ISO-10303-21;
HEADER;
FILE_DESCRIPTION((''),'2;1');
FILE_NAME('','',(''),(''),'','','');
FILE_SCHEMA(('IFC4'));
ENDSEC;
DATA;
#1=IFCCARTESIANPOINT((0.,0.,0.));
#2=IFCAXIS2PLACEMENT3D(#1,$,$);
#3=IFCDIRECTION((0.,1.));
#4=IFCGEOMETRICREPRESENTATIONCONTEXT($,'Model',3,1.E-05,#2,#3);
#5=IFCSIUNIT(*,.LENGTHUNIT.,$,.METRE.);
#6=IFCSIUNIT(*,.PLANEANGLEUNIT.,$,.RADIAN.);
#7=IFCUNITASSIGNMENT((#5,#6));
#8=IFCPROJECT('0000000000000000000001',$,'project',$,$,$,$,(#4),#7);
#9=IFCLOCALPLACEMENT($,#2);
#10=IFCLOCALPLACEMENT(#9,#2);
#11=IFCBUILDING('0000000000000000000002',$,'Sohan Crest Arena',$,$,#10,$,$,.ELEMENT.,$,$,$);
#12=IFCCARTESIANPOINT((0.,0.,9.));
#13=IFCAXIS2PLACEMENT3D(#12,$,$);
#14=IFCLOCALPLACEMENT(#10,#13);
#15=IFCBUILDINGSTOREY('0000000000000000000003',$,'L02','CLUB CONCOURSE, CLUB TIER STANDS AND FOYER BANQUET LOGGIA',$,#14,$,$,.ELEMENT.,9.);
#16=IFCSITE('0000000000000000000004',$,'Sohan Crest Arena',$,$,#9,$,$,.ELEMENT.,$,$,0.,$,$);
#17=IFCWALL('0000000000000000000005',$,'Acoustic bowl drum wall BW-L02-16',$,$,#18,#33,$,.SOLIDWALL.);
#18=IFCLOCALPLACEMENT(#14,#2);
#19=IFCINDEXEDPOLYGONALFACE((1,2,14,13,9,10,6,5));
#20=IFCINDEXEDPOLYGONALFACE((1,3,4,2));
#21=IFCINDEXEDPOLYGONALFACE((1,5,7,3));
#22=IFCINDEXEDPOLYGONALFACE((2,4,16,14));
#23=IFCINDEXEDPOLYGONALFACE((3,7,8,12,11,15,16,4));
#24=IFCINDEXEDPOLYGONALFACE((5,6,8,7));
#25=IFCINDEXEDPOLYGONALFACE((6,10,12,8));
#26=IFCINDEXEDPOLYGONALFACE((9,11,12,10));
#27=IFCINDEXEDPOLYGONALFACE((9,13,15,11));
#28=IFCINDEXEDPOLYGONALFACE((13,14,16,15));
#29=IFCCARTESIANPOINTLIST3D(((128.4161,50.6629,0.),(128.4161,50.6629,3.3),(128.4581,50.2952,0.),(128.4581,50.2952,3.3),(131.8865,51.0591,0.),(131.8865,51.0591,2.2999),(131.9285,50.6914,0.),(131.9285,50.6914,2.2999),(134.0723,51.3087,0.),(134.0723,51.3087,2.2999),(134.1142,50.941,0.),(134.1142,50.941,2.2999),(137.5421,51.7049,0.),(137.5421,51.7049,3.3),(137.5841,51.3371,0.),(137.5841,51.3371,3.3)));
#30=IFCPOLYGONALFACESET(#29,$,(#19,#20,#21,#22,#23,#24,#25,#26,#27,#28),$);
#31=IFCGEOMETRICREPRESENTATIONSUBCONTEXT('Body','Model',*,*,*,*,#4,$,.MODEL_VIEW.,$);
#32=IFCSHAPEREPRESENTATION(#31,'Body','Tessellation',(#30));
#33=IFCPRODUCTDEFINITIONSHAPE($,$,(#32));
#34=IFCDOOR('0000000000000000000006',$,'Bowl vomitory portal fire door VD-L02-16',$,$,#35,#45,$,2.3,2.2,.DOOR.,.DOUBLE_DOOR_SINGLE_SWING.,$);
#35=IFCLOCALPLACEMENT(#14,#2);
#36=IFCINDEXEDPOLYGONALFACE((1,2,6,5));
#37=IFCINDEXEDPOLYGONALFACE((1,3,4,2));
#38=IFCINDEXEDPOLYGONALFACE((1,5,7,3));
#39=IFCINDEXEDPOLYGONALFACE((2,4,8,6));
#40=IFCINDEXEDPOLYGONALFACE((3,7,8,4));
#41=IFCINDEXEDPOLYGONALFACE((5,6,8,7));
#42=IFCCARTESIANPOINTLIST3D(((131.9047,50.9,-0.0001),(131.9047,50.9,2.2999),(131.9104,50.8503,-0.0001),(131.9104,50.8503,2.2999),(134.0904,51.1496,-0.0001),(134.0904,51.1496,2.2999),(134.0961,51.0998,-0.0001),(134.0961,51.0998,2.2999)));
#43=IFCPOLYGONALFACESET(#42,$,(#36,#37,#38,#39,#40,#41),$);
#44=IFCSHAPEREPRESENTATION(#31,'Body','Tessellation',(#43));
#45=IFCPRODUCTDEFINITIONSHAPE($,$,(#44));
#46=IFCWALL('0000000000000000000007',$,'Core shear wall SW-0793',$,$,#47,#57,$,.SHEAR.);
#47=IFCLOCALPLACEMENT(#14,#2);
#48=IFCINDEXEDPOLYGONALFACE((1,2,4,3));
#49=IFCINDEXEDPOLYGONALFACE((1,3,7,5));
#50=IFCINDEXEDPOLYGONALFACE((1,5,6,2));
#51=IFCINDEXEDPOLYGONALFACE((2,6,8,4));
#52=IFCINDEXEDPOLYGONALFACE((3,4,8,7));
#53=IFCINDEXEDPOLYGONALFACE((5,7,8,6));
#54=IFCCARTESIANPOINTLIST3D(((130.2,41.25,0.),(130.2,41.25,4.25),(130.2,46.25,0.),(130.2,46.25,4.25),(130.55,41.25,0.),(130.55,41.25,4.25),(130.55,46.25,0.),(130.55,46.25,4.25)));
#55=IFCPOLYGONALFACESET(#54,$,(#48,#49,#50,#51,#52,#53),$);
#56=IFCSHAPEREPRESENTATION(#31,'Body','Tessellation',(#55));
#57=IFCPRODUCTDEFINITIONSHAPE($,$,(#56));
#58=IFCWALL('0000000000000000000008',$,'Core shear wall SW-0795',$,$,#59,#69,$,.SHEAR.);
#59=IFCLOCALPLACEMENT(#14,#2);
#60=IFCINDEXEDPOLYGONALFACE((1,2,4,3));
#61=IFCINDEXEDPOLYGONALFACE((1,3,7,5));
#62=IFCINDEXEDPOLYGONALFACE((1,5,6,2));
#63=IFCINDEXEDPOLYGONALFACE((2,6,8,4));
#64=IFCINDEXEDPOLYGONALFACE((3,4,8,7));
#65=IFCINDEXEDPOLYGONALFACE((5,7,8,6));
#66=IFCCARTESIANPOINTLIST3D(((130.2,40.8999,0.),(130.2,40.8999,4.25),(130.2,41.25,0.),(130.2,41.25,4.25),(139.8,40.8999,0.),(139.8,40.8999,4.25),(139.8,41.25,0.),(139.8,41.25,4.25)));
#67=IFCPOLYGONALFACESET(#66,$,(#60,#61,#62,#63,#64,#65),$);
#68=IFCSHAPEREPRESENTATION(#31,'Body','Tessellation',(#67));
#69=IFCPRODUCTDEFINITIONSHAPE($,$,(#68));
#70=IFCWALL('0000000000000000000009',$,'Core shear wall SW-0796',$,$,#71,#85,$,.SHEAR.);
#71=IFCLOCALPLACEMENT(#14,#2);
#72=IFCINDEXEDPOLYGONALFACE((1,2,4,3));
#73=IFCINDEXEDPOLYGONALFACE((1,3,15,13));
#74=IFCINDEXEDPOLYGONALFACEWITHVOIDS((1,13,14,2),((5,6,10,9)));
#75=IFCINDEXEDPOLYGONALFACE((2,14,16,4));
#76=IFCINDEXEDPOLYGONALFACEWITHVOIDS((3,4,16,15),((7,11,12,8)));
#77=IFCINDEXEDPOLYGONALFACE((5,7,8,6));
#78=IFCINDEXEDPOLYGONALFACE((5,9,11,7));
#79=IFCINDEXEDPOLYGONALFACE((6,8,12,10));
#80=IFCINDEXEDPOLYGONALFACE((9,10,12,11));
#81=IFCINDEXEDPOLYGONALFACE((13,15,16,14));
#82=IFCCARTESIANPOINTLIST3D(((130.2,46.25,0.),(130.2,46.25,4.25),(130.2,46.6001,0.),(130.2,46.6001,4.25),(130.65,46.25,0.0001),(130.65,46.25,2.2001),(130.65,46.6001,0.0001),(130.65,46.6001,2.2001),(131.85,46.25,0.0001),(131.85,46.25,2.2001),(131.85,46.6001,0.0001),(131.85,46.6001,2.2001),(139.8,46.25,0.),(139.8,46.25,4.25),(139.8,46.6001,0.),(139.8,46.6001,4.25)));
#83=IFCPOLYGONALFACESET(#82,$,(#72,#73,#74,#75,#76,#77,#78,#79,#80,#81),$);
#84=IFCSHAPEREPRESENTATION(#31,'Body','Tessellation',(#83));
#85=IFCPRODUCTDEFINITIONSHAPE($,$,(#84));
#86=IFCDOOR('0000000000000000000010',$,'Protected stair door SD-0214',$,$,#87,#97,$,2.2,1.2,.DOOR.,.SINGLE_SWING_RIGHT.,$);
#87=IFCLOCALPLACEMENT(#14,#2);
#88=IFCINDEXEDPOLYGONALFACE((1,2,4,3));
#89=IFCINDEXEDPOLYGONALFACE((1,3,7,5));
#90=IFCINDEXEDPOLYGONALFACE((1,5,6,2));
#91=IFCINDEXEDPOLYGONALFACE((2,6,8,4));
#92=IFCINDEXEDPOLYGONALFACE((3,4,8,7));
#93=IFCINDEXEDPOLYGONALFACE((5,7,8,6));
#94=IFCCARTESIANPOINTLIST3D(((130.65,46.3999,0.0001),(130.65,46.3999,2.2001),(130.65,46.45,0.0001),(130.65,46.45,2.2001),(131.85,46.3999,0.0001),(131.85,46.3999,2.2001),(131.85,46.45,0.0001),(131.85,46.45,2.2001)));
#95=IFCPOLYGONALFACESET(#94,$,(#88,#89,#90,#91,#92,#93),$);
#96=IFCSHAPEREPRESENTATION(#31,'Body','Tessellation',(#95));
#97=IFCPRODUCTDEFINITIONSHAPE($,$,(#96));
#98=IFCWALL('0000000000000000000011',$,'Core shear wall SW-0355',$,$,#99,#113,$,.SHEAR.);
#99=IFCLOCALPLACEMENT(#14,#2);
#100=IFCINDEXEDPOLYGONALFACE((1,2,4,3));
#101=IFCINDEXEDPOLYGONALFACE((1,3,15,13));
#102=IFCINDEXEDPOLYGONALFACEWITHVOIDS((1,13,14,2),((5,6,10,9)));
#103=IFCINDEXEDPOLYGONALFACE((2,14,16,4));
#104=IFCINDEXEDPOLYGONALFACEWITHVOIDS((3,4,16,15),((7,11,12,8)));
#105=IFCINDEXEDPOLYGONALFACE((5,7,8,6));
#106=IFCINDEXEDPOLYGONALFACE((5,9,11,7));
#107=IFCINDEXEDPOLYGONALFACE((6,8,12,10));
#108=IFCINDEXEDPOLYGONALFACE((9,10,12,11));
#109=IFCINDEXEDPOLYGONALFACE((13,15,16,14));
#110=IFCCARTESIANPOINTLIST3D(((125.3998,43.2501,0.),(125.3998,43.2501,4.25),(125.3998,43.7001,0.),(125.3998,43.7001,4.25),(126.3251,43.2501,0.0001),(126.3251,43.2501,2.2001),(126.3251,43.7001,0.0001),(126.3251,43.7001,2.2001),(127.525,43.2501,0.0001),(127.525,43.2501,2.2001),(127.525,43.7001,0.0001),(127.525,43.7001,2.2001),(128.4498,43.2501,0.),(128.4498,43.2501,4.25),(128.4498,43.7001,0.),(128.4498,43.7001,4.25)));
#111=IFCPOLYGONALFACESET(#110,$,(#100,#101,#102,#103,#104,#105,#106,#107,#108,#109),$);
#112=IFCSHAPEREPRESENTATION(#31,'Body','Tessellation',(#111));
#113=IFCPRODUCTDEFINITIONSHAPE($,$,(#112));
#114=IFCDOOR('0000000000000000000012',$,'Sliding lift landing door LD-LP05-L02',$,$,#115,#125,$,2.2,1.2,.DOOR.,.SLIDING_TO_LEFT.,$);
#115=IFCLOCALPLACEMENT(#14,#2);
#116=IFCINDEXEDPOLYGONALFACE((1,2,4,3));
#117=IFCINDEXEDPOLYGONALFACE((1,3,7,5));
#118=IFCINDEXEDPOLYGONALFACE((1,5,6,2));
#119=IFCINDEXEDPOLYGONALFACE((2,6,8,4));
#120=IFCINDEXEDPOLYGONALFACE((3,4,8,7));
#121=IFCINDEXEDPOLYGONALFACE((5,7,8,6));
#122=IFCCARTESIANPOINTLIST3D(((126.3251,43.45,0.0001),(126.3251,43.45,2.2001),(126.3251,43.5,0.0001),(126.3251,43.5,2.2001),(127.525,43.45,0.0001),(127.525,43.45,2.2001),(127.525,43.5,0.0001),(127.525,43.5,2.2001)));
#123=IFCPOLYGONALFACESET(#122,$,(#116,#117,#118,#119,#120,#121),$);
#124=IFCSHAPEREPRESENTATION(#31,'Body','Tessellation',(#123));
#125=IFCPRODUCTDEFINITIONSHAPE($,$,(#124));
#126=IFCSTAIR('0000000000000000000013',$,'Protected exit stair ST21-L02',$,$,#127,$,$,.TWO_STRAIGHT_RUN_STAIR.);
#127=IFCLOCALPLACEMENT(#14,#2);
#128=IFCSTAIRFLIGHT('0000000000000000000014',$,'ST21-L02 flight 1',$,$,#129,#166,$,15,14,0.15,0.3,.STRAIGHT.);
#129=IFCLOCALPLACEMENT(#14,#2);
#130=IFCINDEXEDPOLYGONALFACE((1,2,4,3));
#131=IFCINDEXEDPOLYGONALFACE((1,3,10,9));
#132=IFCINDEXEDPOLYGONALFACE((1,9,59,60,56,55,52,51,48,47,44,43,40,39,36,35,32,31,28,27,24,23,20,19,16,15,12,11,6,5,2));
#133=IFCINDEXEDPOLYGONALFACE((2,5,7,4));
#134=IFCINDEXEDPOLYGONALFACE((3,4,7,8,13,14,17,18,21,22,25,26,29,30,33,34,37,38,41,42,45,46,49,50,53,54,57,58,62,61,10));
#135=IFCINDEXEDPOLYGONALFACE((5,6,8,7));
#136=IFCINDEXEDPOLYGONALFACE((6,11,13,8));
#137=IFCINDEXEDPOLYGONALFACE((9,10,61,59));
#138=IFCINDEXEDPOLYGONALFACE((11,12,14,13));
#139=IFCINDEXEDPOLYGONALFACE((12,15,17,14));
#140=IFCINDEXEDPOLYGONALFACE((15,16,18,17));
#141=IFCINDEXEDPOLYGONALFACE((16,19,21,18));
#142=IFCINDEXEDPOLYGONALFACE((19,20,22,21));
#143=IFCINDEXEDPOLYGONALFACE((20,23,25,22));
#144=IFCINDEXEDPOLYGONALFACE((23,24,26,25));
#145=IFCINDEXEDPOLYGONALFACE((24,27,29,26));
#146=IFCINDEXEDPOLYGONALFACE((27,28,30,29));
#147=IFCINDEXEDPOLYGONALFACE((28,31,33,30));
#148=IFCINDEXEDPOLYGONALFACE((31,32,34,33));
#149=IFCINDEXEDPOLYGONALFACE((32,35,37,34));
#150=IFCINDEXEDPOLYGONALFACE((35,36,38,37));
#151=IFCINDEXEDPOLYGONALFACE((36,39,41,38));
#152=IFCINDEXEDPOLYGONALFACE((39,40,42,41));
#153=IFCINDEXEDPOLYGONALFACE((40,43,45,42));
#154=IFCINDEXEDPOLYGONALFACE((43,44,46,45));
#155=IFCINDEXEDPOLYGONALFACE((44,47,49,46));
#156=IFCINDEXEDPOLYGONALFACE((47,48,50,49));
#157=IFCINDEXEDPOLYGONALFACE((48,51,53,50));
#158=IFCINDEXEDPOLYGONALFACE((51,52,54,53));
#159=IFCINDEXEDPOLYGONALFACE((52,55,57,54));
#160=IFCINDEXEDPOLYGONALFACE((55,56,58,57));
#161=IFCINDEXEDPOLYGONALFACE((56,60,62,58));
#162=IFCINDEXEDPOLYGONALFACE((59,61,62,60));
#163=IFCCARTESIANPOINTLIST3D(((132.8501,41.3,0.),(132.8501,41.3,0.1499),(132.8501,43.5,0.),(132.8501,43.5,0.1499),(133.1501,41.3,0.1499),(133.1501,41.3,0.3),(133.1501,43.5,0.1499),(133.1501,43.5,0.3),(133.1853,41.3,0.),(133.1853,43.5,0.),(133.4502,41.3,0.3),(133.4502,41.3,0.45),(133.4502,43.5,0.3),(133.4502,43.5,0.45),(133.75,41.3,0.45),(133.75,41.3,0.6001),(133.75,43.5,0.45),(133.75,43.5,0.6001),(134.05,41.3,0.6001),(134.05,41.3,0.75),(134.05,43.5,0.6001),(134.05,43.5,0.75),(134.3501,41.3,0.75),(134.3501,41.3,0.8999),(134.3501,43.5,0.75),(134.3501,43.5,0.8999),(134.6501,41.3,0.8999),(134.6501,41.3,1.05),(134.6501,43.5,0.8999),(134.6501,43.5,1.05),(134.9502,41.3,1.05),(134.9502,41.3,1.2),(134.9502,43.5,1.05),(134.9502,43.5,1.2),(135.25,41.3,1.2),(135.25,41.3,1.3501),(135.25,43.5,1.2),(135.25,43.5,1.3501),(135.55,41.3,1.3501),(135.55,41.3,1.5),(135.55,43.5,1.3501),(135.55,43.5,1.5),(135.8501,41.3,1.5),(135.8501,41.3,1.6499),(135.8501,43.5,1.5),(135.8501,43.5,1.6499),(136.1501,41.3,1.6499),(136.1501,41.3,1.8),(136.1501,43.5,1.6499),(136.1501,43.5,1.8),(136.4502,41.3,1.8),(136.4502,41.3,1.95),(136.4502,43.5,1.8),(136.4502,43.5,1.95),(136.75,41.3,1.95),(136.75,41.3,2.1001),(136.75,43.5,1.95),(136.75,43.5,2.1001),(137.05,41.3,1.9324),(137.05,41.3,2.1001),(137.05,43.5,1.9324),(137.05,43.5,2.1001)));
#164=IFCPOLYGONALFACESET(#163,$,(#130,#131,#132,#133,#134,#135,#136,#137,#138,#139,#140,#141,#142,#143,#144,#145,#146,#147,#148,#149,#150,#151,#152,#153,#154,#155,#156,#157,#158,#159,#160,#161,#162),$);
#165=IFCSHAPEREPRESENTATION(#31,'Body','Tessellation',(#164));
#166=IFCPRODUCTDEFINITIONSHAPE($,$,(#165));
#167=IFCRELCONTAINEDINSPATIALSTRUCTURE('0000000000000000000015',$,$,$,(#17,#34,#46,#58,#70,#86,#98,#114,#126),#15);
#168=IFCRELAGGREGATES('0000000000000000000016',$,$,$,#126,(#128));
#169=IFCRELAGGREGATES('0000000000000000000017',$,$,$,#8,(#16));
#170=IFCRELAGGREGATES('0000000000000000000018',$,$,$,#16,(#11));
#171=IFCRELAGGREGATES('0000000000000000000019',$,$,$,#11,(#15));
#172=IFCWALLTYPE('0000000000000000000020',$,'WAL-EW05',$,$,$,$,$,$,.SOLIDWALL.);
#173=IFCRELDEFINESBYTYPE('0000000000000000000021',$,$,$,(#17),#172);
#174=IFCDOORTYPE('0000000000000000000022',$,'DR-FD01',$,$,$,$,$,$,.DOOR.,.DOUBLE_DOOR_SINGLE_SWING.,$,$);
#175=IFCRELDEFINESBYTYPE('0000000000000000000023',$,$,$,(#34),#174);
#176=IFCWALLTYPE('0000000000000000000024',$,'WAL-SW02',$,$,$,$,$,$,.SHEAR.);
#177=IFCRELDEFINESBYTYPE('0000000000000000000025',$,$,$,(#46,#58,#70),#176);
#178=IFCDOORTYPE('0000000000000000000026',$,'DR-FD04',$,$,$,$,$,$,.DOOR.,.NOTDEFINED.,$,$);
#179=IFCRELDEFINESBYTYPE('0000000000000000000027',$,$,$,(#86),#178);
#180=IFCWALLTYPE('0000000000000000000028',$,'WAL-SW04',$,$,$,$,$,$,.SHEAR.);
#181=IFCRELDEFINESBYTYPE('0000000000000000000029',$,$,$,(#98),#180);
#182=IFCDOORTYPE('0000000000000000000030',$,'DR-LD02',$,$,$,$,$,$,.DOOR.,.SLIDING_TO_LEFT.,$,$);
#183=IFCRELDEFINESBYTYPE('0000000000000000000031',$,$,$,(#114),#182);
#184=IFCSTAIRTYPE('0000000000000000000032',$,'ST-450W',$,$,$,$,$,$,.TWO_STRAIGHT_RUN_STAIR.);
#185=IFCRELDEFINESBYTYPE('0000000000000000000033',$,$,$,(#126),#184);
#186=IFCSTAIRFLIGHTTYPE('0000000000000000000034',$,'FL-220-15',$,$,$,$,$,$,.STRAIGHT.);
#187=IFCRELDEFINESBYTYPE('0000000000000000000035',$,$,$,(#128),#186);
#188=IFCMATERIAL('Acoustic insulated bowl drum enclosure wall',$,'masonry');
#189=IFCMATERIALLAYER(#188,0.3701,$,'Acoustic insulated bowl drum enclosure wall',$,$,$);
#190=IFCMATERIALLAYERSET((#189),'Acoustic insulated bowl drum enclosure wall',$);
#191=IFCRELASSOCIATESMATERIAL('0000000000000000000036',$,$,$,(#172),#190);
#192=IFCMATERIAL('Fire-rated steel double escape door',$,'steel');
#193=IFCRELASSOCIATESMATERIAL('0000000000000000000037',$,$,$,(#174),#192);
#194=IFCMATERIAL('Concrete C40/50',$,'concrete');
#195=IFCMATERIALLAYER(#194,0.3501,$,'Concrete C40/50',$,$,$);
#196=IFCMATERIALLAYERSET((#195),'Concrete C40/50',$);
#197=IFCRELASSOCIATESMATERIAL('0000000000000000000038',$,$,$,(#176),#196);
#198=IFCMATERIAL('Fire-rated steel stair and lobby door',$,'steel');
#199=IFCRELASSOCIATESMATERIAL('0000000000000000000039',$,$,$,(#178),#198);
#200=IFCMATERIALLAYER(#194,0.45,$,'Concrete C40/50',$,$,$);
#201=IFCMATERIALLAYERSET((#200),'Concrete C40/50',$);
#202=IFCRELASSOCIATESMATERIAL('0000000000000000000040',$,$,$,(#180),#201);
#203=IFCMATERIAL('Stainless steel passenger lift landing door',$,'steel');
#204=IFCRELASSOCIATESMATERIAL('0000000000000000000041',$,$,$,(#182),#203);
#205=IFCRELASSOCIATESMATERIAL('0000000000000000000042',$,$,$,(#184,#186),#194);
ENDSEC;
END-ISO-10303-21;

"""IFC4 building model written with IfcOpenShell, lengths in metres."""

from ifc_helpers import new_model, si_unit, direction, frame, frame_2d, origin, place, context, subcontext, project, spatial, polyline, rectangle, outline, extrude, material, layer, layer_set, type_object, element, fill, aggregate, save


model = new_model("IFC4")

# Units and contexts
model_context = context("Model", 3, precision=1e-05, world=origin(), true_north=direction((0.0, 1.0)))
body_context = subcontext(model_context, "Body", "Model", "MODEL_VIEW")
ifc_project = project(units=[si_unit("LENGTHUNIT", "METRE"), si_unit("PLANEANGLEUNIT", "RADIAN")], contexts=[model_context])

# Site, building, storey
site_placement = place(None, origin())
site = spatial("IfcSite", under=ifc_project, at=site_placement, Name="Sohan Crest Arena", CompositionType="ELEMENT", RefElevation=0.0)
building_placement = place(site_placement, origin())
building = spatial("IfcBuilding", under=site, at=building_placement, Name="Sohan Crest Arena", CompositionType="ELEMENT")
storey_placement = place(building_placement, frame((0.0, 0.0, 9.0)))
storey = spatial("IfcBuildingStorey", under=building, at=storey_placement, Name="L02", Description="CLUB CONCOURSE, CLUB TIER STANDS AND FOYER BANQUET LOGGIA", CompositionType="ELEMENT", Elevation=9.0)

# Shared definitions
ifc_material_1 = material(Name="Concrete C40/50", Category="concrete")

# Wall, opening, door
ifc_material_2 = material(Name="Acoustic insulated bowl drum enclosure wall", Category="masonry")
ifc_layer_1 = layer(ifc_material_2, 0.3701, Name="Acoustic insulated bowl drum enclosure wall")
ifc_layer_set_1 = layer_set([ifc_layer_1], Name="Acoustic insulated bowl drum enclosure wall")
wall_type_1 = type_object("IfcWallType", Name="WAL-EW05", PredefinedType="SOLIDWALL", material=ifc_layer_set_1)
wall_1_placement = place(storey_placement, frame((128.437, 50.479, 0.0), z_axis=(0.0, 0.0, 1.0), x_axis=(0.993545, 0.113442, 0.0)))
wall_1 = element("IfcWall", 1, at=wall_1_placement, inside=storey, type_object=wall_type_1, Name="Acoustic bowl drum wall BW-L02-16", PredefinedType="SOLIDWALL", context=body_context, shape_type="SweptSolid", body=[
    extrude(rectangle(XDim=9.1853, YDim=0.3701, at=frame_2d((4.5928, 0.0))), origin(), (0.0, 0.0, 1.0), 3.3),
])
opening_1_placement = place(wall_1_placement, frame((3.4929, 0.0, 0.0)))
opening_1 = element("IfcOpeningElement", 2, at=opening_1_placement, cuts=wall_1, PredefinedType="OPENING", context=body_context, shape_type="SweptSolid", body=[
    extrude(rectangle(XDim=2.2, YDim=2.3, at=frame_2d((1.1001, 1.1499))), frame((0.0, 0.1951, 0.0), z_axis=(0.0, -1.0, 0.0), x_axis=(1.0, 0.0, 0.0)), (0.0, 0.0, 1.0), 0.3901),
])
ifc_material_3 = material(Name="Fire-rated steel double escape door", Category="steel")
door_type_1 = type_object("IfcDoorType", Name="DR-FD01", OperationType="DOUBLE_DOOR_SINGLE_SWING", PredefinedType="DOOR", material=ifc_material_3)
door_1_placement = place(opening_1_placement, origin())
door_1 = element("IfcDoor", 3, at=door_1_placement, inside=storey, type_object=door_type_1, Name="Bowl vomitory portal fire door VD-L02-16", OperationType="DOUBLE_DOOR_SINGLE_SWING", OverallHeight=2.3, OverallWidth=2.2, PredefinedType="DOOR", context=body_context, shape_type="SweptSolid", body=[
    extrude(rectangle(XDim=2.2, YDim=2.3, at=frame_2d((1.1001, 1.1499))), frame((0.0, 0.0249, 0.0), z_axis=(0.0, -1.0, 0.0), x_axis=(1.0, 0.0, 0.0)), (0.0, 0.0, 1.0), 0.05),
])
fill(opening_1, door_1)

# Walls
ifc_layer_2 = layer(ifc_material_1, 0.3501, Name="Concrete C40/50")
ifc_layer_set_2 = layer_set([ifc_layer_2], Name="Concrete C40/50")
wall_type_2 = type_object("IfcWallType", Name="WAL-SW02", PredefinedType="SHEAR", material=ifc_layer_set_2)
wall_2_placement = place(storey_placement, frame((130.375, 41.25, 0.0), z_axis=(0.0, 0.0, 1.0), x_axis=(0.0, 1.0, 0.0)))
element("IfcWall", 4, at=wall_2_placement, inside=storey, type_object=wall_type_2, Name="Core shear wall SW-0793", PredefinedType="SHEAR", context=body_context, shape_type="SweptSolid", body=[
    extrude(rectangle(XDim=5.0, YDim=0.3501, at=frame_2d((2.5, 0.0))), origin(), (0.0, 0.0, 1.0), 4.25),
])
wall_3_placement = place(storey_placement, frame((130.2, 41.075, 0.0), z_axis=(0.0, 0.0, 1.0), x_axis=(1.0, 0.0, 0.0)))
element("IfcWall", 5, at=wall_3_placement, inside=storey, type_object=wall_type_2, Name="Core shear wall SW-0795", PredefinedType="SHEAR", context=body_context, shape_type="SweptSolid", body=[
    extrude(rectangle(XDim=9.6001, YDim=0.3501, at=frame_2d((4.8, 0.0))), origin(), (0.0, 0.0, 1.0), 4.25),
])

# Walls, openings, doors
wall_4_placement = place(storey_placement, frame((130.2, 46.425, 0.0), z_axis=(0.0, 0.0, 1.0), x_axis=(1.0, 0.0, 0.0)))
wall_4 = element("IfcWall", 6, at=wall_4_placement, inside=storey, type_object=wall_type_2, Name="Core shear wall SW-0796", PredefinedType="SHEAR", context=body_context, shape_type="SweptSolid", body=[
    extrude(rectangle(XDim=9.6001, YDim=0.3501, at=frame_2d((4.8, 0.0))), origin(), (0.0, 0.0, 1.0), 4.25),
])
opening_2_placement = place(wall_4_placement, frame((0.45, 0.0, 0.0)))
opening_2 = element("IfcOpeningElement", 7, at=opening_2_placement, cuts=wall_4, PredefinedType="OPENING", context=body_context, shape_type="SweptSolid", body=[
    extrude(rectangle(XDim=1.2, YDim=2.2, at=frame_2d((0.6001, 1.1001))), frame((0.0, 0.1851, 0.0), z_axis=(0.0, -1.0, 0.0), x_axis=(1.0, 0.0, 0.0)), (0.0, 0.0, 1.0), 0.3701),
])
ifc_material_4 = material(Name="Fire-rated steel stair and lobby door", Category="steel")
door_type_2 = type_object("IfcDoorType", Name="DR-FD04", OperationType="NOTDEFINED", PredefinedType="DOOR", material=ifc_material_4)
door_2_placement = place(opening_2_placement, origin())
door_2 = element("IfcDoor", 8, at=door_2_placement, inside=storey, type_object=door_type_2, Name="Protected stair door SD-0214", OperationType="SINGLE_SWING_RIGHT", OverallHeight=2.2, OverallWidth=1.2, PredefinedType="DOOR", context=body_context, shape_type="SweptSolid", body=[
    extrude(rectangle(XDim=1.2, YDim=2.2, at=frame_2d((0.6001, 1.1001))), frame((0.0, 0.0249, 0.0), z_axis=(0.0, -1.0, 0.0), x_axis=(1.0, 0.0, 0.0)), (0.0, 0.0, 1.0), 0.05),
])
fill(opening_2, door_2)
ifc_layer_3 = layer(ifc_material_1, 0.45, Name="Concrete C40/50")
ifc_layer_set_3 = layer_set([ifc_layer_3], Name="Concrete C40/50")
wall_type_3 = type_object("IfcWallType", Name="WAL-SW04", PredefinedType="SHEAR", material=ifc_layer_set_3)
wall_5_placement = place(storey_placement, frame((125.3999, 43.4751, 0.0), z_axis=(0.0, 0.0, 1.0), x_axis=(1.0, 0.0, 0.0)))
wall_5 = element("IfcWall", 9, at=wall_5_placement, inside=storey, type_object=wall_type_3, Name="Core shear wall SW-0355", PredefinedType="SHEAR", context=body_context, shape_type="SweptSolid", body=[
    extrude(rectangle(XDim=3.05, YDim=0.45, at=frame_2d((1.5249, 0.0))), origin(), (0.0, 0.0, 1.0), 4.25),
])
opening_3_placement = place(wall_5_placement, frame((0.925, 0.0, 0.0)))
opening_3 = element("IfcOpeningElement", 10, at=opening_3_placement, cuts=wall_5, PredefinedType="OPENING", context=body_context, shape_type="SweptSolid", body=[
    extrude(rectangle(XDim=1.2, YDim=2.2, at=frame_2d((0.6001, 1.1001))), frame((0.0, 0.2349, 0.0), z_axis=(0.0, -1.0, 0.0), x_axis=(1.0, 0.0, 0.0)), (0.0, 0.0, 1.0), 0.47),
])
ifc_material_5 = material(Name="Stainless steel passenger lift landing door", Category="steel")
door_type_3 = type_object("IfcDoorType", Name="DR-LD02", OperationType="SLIDING_TO_LEFT", PredefinedType="DOOR", material=ifc_material_5)
door_3_placement = place(opening_3_placement, origin())
door_3 = element("IfcDoor", 11, at=door_3_placement, inside=storey, type_object=door_type_3, Name="Sliding lift landing door LD-LP05-L02", OperationType="SLIDING_TO_LEFT", OverallHeight=2.2, OverallWidth=1.2, PredefinedType="DOOR", context=body_context, shape_type="SweptSolid", body=[
    extrude(rectangle(XDim=1.2, YDim=2.2, at=frame_2d((0.6001, 1.1001))), frame((0.0, 0.0249, 0.0), z_axis=(0.0, -1.0, 0.0), x_axis=(1.0, 0.0, 0.0)), (0.0, 0.0, 1.0), 0.05),
])
fill(opening_3, door_3)

# Stair, stair flight
stair_type_1 = type_object("IfcStairType", Name="ST-450W", PredefinedType="TWO_STRAIGHT_RUN_STAIR", material=ifc_material_1)
stair_1_placement = place(storey_placement, origin())
stair_1 = element("IfcStair", 12, at=stair_1_placement, inside=storey, type_object=stair_type_1, Name="Protected exit stair ST21-L02", PredefinedType="TWO_STRAIGHT_RUN_STAIR")
stair_flight_type_1 = type_object("IfcStairFlightType", Name="FL-220-15", PredefinedType="STRAIGHT", material=ifc_material_1)
stair_flight_1_placement = place(storey_placement, frame((132.8501, 42.3999, 0.0), z_axis=(0.0, 0.0, 1.0), x_axis=(1.0, 0.0, 0.0)))
stair_flight_1 = element("IfcStairFlight", 13, at=stair_flight_1_placement, type_object=stair_flight_type_1, Name="ST21-L02 flight 1", NumberOfRisers=15, NumberOfTreads=14, PredefinedType="STRAIGHT", RiserHeight=0.15, TreadLength=0.3, context=body_context, shape_type="SweptSolid", body=[
    extrude(outline(polyline([(0.0, 0.0), (0.0, 0.1499), (0.3, 0.1499), (0.3, 0.3), (0.6001, 0.3), (0.6001, 0.45), (0.8999, 0.45), (0.8999, 0.6001), (1.2, 0.6001), (1.2, 0.75), (1.5, 0.75), (1.5, 0.8999), (1.8, 0.8999), (1.8, 1.05), (2.1001, 1.05), (2.1001, 1.2), (2.3999, 1.2), (2.3999, 1.3501), (2.7, 1.3501), (2.7, 1.5), (3.0, 1.5), (3.0, 1.6499), (3.3, 1.6499), (3.3, 1.8), (3.6001, 1.8), (3.6001, 1.95), (3.8999, 1.95), (3.8999, 2.1001), (4.2, 2.1001), (4.2, 2.25), (4.2, 1.9324), (0.3352, 0.0), (0.0, 0.0)])), frame((0.0, 1.1001, 0.0), z_axis=(0.0, -1.0, 0.0), x_axis=(1.0, 0.0, 0.0)), (0.0, 0.0, 1.0), 2.2),
])
aggregate(stair_1, [stair_flight_1])

save(model, "model.ifc")
